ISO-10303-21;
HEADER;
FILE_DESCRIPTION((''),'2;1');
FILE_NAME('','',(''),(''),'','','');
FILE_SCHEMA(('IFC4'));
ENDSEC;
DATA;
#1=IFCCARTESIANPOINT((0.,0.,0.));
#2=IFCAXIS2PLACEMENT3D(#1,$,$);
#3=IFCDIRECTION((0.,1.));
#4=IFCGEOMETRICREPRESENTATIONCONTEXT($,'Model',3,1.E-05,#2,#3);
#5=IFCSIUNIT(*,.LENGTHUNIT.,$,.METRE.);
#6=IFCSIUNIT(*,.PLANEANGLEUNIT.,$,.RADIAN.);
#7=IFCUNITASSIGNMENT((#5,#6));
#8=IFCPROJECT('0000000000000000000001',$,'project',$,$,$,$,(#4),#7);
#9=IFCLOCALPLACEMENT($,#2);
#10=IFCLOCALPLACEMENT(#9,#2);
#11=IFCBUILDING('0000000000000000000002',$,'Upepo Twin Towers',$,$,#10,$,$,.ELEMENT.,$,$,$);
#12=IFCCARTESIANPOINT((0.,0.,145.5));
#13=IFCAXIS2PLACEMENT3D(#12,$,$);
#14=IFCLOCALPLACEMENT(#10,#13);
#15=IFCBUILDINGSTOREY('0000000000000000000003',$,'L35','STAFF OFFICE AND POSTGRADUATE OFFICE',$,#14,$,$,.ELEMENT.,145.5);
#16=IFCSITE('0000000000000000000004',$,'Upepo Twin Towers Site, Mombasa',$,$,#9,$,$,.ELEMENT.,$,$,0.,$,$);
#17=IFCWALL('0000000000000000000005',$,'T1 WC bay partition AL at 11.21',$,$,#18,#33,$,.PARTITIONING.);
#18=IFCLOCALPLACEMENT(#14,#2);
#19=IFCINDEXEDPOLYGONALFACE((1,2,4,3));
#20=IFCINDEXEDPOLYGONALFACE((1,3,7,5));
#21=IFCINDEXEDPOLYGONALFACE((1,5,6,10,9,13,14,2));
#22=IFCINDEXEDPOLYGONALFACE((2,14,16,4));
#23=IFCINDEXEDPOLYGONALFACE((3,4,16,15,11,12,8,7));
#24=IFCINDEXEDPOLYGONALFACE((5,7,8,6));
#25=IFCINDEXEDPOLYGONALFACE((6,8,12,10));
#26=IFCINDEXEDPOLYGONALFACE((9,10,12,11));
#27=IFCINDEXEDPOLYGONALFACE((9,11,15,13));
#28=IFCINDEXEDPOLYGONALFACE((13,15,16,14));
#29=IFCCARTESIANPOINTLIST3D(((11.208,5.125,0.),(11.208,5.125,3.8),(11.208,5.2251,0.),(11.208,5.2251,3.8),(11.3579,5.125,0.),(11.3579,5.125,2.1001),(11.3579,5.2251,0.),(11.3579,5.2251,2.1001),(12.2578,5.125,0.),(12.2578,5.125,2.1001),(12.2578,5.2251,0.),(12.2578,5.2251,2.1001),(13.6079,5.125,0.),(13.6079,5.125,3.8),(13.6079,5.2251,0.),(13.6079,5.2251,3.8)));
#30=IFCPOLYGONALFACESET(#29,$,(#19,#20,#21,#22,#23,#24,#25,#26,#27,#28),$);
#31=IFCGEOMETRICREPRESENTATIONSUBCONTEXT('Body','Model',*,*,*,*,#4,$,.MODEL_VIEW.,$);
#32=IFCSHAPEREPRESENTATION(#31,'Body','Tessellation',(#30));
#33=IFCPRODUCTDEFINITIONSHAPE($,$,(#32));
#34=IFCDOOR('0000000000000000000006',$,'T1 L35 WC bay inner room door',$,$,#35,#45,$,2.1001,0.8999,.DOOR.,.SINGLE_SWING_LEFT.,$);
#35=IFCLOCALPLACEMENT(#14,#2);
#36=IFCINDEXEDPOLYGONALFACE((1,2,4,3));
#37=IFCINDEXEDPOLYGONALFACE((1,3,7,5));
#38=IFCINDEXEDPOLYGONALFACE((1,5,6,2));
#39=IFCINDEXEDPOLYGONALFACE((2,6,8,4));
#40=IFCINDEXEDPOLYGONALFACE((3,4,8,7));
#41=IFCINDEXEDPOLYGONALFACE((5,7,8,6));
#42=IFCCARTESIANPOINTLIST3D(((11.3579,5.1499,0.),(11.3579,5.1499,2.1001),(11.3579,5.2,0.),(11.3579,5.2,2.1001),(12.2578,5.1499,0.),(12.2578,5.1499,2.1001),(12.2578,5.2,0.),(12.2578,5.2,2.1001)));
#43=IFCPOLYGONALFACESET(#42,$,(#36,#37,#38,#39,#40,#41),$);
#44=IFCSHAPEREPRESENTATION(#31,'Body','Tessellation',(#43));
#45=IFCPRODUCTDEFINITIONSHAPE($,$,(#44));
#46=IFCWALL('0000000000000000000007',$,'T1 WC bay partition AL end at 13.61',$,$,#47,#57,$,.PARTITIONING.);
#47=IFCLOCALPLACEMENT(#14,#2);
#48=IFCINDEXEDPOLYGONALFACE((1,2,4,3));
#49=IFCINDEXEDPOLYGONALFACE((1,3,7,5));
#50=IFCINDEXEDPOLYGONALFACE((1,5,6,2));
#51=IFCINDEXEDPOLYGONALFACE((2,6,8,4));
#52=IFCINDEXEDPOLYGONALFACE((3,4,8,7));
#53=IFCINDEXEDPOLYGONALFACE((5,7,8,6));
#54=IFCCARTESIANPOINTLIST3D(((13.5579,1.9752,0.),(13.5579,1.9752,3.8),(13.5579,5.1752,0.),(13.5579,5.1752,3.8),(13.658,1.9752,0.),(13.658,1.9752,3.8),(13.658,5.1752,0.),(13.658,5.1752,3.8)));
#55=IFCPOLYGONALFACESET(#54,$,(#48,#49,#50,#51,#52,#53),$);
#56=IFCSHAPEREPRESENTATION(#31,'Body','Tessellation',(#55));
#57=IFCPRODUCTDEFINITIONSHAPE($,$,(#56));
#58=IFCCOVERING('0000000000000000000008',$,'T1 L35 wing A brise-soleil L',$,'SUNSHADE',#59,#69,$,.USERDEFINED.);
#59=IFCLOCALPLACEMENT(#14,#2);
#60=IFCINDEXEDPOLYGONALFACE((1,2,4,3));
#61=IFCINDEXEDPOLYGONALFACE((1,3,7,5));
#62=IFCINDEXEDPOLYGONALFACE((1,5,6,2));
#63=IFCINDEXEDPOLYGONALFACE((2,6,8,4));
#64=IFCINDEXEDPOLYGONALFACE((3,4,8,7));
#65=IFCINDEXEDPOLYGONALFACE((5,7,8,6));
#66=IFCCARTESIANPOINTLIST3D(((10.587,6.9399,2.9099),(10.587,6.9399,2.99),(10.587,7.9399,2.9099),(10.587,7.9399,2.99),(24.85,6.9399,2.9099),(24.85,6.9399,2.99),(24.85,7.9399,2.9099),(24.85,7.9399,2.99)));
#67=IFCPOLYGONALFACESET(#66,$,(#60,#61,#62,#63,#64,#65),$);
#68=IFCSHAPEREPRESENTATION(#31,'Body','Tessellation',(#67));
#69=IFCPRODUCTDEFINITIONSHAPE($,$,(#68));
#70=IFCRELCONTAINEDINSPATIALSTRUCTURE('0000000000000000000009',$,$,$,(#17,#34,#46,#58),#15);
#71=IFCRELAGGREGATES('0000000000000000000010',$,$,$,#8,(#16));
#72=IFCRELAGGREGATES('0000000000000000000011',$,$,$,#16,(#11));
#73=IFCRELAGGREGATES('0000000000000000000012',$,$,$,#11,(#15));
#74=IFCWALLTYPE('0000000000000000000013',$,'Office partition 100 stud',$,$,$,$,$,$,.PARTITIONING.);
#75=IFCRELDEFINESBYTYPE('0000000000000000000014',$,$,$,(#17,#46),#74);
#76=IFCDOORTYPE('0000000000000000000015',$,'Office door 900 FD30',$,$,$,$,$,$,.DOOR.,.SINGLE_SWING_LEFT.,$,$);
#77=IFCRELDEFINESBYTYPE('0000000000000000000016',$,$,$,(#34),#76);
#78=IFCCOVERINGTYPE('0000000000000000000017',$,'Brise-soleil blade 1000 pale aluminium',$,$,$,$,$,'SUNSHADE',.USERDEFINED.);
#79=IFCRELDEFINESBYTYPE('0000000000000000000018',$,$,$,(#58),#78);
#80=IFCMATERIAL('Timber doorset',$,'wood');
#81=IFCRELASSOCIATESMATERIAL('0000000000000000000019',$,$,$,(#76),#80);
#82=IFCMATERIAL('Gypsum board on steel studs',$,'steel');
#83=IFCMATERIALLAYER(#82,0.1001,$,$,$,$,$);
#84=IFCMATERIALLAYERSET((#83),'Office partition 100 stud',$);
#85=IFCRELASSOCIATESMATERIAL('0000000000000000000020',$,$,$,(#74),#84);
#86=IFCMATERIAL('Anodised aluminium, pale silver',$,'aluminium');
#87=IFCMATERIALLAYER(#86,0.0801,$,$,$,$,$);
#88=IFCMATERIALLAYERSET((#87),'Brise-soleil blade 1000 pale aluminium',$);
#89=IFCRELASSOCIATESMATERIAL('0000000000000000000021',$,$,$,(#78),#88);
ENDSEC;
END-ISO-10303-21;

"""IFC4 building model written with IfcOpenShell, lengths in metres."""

from ifc_helpers import new_model, si_unit, direction, frame, frame_2d, origin, origin_2d, place, context, subcontext, project, spatial, rectangle, extrude, material, layer, layer_set, type_object, element, fill, save


model = new_model("IFC4")

# Units and contexts
model_context = context("Model", 3, precision=1e-05, world=origin(), true_north=direction((0.0, 1.0)))
body_context = subcontext(model_context, "Body", "Model", "MODEL_VIEW")
ifc_project = project(units=[si_unit("LENGTHUNIT", "METRE"), si_unit("PLANEANGLEUNIT", "RADIAN")], contexts=[model_context])

# Site, building, storey
site_placement = place(None, origin())
site = spatial("IfcSite", under=ifc_project, at=site_placement, Name="Upepo Twin Towers Site, Mombasa", CompositionType="ELEMENT", RefElevation=0.0)
building_placement = place(site_placement, origin())
building = spatial("IfcBuilding", under=site, at=building_placement, Name="Upepo Twin Towers", CompositionType="ELEMENT")
storey_placement = place(building_placement, frame((0.0, 0.0, 145.5)))
storey = spatial("IfcBuildingStorey", under=building, at=storey_placement, Name="L35", Description="STAFF OFFICE AND POSTGRADUATE OFFICE", CompositionType="ELEMENT", Elevation=145.5)

# Shared definitions
ifc_material_1 = material(Name="Timber doorset", Category="wood")
door_type_1 = type_object("IfcDoorType", Name="Office door 900 FD30", OperationType="SINGLE_SWING_LEFT", PredefinedType="DOOR", material=ifc_material_1)

# Shared definitions
ifc_material_2 = material(Name="Gypsum board on steel studs", Category="steel")
ifc_layer_1 = layer(ifc_material_2, 0.1001)
ifc_layer_set_1 = layer_set([ifc_layer_1], Name="Office partition 100 stud")
wall_type_1 = type_object("IfcWallType", Name="Office partition 100 stud", PredefinedType="PARTITIONING", material=ifc_layer_set_1)

# Wall, opening, door
wall_1_placement = place(storey_placement, frame((11.208, 5.175, 0.0), z_axis=(0.0, 0.0, 1.0), x_axis=(1.0, 0.0, 0.0)))
wall_1 = element("IfcWall", 1, at=wall_1_placement, inside=storey, type_object=wall_type_1, Name="T1 WC bay partition AL at 11.21", PredefinedType="PARTITIONING", context=body_context, shape_type="SweptSolid", body=[
    extrude(rectangle(XDim=2.3999, YDim=0.1001, at=frame_2d((1.2, 0.0))), origin(), (0.0, 0.0, 1.0), 3.8),
])
opening_1_placement = place(wall_1_placement, frame((0.1499, 0.0, 0.0)))
opening_1 = element("IfcOpeningElement", 2, at=opening_1_placement, cuts=wall_1, PredefinedType="OPENING", context=body_context, shape_type="SweptSolid", body=[
    extrude(rectangle(XDim=0.8999, YDim=2.1001, at=frame_2d((0.45, 1.05))), frame((0.0, 0.0601, 0.0), z_axis=(0.0, -1.0, 0.0), x_axis=(1.0, 0.0, 0.0)), (0.0, 0.0, 1.0), 0.1201),
])
door_1_placement = place(opening_1_placement, origin())
door_1 = element("IfcDoor", 3, at=door_1_placement, inside=storey, type_object=door_type_1, Name="T1 L35 WC bay inner room door", OperationType="SINGLE_SWING_LEFT", OverallHeight=2.1001, OverallWidth=0.8999, PredefinedType="DOOR", context=body_context, shape_type="SweptSolid", body=[
    extrude(rectangle(XDim=0.8999, YDim=2.1001, at=frame_2d((0.45, 1.05))), frame((0.0, 0.0249, 0.0), z_axis=(0.0, -1.0, 0.0), x_axis=(1.0, 0.0, 0.0)), (0.0, 0.0, 1.0), 0.05),
])
fill(opening_1, door_1)

# Wall
wall_2_placement = place(storey_placement, frame((13.6079, 1.9751, 0.0), z_axis=(0.0, 0.0, 1.0), x_axis=(0.0, 1.0, 0.0)))
element("IfcWall", 4, at=wall_2_placement, inside=storey, type_object=wall_type_1, Name="T1 WC bay partition AL end at 13.61", PredefinedType="PARTITIONING", context=body_context, shape_type="SweptSolid", body=[
    extrude(rectangle(XDim=3.2, YDim=0.1001, at=frame_2d((1.6001, 0.0))), origin(), (0.0, 0.0, 1.0), 3.8),
])

# Covering
ifc_material_3 = material(Name="Anodised aluminium, pale silver", Category="aluminium")
ifc_layer_2 = layer(ifc_material_3, 0.0801)
ifc_layer_set_2 = layer_set([ifc_layer_2], Name="Brise-soleil blade 1000 pale aluminium")
covering_type = type_object("IfcCoveringType", Name="Brise-soleil blade 1000 pale aluminium", ElementType="SUNSHADE", PredefinedType="USERDEFINED", material=ifc_layer_set_2)
covering_placement = place(storey_placement, frame((17.7185, 7.4399, 2.9099), z_axis=(0.0, 0.0, 1.0), x_axis=(1.0, 0.0, 0.0)))
element("IfcCovering", 5, at=covering_placement, inside=storey, type_object=covering_type, Name="T1 L35 wing A brise-soleil L", ObjectType="SUNSHADE", PredefinedType="USERDEFINED", context=body_context, shape_type="SweptSolid", body=[
    extrude(rectangle(XDim=14.2629, YDim=1.0, at=origin_2d()), origin(), (0.0, 0.0, 1.0), 0.0801),
])

save(model, "model.ifc")
